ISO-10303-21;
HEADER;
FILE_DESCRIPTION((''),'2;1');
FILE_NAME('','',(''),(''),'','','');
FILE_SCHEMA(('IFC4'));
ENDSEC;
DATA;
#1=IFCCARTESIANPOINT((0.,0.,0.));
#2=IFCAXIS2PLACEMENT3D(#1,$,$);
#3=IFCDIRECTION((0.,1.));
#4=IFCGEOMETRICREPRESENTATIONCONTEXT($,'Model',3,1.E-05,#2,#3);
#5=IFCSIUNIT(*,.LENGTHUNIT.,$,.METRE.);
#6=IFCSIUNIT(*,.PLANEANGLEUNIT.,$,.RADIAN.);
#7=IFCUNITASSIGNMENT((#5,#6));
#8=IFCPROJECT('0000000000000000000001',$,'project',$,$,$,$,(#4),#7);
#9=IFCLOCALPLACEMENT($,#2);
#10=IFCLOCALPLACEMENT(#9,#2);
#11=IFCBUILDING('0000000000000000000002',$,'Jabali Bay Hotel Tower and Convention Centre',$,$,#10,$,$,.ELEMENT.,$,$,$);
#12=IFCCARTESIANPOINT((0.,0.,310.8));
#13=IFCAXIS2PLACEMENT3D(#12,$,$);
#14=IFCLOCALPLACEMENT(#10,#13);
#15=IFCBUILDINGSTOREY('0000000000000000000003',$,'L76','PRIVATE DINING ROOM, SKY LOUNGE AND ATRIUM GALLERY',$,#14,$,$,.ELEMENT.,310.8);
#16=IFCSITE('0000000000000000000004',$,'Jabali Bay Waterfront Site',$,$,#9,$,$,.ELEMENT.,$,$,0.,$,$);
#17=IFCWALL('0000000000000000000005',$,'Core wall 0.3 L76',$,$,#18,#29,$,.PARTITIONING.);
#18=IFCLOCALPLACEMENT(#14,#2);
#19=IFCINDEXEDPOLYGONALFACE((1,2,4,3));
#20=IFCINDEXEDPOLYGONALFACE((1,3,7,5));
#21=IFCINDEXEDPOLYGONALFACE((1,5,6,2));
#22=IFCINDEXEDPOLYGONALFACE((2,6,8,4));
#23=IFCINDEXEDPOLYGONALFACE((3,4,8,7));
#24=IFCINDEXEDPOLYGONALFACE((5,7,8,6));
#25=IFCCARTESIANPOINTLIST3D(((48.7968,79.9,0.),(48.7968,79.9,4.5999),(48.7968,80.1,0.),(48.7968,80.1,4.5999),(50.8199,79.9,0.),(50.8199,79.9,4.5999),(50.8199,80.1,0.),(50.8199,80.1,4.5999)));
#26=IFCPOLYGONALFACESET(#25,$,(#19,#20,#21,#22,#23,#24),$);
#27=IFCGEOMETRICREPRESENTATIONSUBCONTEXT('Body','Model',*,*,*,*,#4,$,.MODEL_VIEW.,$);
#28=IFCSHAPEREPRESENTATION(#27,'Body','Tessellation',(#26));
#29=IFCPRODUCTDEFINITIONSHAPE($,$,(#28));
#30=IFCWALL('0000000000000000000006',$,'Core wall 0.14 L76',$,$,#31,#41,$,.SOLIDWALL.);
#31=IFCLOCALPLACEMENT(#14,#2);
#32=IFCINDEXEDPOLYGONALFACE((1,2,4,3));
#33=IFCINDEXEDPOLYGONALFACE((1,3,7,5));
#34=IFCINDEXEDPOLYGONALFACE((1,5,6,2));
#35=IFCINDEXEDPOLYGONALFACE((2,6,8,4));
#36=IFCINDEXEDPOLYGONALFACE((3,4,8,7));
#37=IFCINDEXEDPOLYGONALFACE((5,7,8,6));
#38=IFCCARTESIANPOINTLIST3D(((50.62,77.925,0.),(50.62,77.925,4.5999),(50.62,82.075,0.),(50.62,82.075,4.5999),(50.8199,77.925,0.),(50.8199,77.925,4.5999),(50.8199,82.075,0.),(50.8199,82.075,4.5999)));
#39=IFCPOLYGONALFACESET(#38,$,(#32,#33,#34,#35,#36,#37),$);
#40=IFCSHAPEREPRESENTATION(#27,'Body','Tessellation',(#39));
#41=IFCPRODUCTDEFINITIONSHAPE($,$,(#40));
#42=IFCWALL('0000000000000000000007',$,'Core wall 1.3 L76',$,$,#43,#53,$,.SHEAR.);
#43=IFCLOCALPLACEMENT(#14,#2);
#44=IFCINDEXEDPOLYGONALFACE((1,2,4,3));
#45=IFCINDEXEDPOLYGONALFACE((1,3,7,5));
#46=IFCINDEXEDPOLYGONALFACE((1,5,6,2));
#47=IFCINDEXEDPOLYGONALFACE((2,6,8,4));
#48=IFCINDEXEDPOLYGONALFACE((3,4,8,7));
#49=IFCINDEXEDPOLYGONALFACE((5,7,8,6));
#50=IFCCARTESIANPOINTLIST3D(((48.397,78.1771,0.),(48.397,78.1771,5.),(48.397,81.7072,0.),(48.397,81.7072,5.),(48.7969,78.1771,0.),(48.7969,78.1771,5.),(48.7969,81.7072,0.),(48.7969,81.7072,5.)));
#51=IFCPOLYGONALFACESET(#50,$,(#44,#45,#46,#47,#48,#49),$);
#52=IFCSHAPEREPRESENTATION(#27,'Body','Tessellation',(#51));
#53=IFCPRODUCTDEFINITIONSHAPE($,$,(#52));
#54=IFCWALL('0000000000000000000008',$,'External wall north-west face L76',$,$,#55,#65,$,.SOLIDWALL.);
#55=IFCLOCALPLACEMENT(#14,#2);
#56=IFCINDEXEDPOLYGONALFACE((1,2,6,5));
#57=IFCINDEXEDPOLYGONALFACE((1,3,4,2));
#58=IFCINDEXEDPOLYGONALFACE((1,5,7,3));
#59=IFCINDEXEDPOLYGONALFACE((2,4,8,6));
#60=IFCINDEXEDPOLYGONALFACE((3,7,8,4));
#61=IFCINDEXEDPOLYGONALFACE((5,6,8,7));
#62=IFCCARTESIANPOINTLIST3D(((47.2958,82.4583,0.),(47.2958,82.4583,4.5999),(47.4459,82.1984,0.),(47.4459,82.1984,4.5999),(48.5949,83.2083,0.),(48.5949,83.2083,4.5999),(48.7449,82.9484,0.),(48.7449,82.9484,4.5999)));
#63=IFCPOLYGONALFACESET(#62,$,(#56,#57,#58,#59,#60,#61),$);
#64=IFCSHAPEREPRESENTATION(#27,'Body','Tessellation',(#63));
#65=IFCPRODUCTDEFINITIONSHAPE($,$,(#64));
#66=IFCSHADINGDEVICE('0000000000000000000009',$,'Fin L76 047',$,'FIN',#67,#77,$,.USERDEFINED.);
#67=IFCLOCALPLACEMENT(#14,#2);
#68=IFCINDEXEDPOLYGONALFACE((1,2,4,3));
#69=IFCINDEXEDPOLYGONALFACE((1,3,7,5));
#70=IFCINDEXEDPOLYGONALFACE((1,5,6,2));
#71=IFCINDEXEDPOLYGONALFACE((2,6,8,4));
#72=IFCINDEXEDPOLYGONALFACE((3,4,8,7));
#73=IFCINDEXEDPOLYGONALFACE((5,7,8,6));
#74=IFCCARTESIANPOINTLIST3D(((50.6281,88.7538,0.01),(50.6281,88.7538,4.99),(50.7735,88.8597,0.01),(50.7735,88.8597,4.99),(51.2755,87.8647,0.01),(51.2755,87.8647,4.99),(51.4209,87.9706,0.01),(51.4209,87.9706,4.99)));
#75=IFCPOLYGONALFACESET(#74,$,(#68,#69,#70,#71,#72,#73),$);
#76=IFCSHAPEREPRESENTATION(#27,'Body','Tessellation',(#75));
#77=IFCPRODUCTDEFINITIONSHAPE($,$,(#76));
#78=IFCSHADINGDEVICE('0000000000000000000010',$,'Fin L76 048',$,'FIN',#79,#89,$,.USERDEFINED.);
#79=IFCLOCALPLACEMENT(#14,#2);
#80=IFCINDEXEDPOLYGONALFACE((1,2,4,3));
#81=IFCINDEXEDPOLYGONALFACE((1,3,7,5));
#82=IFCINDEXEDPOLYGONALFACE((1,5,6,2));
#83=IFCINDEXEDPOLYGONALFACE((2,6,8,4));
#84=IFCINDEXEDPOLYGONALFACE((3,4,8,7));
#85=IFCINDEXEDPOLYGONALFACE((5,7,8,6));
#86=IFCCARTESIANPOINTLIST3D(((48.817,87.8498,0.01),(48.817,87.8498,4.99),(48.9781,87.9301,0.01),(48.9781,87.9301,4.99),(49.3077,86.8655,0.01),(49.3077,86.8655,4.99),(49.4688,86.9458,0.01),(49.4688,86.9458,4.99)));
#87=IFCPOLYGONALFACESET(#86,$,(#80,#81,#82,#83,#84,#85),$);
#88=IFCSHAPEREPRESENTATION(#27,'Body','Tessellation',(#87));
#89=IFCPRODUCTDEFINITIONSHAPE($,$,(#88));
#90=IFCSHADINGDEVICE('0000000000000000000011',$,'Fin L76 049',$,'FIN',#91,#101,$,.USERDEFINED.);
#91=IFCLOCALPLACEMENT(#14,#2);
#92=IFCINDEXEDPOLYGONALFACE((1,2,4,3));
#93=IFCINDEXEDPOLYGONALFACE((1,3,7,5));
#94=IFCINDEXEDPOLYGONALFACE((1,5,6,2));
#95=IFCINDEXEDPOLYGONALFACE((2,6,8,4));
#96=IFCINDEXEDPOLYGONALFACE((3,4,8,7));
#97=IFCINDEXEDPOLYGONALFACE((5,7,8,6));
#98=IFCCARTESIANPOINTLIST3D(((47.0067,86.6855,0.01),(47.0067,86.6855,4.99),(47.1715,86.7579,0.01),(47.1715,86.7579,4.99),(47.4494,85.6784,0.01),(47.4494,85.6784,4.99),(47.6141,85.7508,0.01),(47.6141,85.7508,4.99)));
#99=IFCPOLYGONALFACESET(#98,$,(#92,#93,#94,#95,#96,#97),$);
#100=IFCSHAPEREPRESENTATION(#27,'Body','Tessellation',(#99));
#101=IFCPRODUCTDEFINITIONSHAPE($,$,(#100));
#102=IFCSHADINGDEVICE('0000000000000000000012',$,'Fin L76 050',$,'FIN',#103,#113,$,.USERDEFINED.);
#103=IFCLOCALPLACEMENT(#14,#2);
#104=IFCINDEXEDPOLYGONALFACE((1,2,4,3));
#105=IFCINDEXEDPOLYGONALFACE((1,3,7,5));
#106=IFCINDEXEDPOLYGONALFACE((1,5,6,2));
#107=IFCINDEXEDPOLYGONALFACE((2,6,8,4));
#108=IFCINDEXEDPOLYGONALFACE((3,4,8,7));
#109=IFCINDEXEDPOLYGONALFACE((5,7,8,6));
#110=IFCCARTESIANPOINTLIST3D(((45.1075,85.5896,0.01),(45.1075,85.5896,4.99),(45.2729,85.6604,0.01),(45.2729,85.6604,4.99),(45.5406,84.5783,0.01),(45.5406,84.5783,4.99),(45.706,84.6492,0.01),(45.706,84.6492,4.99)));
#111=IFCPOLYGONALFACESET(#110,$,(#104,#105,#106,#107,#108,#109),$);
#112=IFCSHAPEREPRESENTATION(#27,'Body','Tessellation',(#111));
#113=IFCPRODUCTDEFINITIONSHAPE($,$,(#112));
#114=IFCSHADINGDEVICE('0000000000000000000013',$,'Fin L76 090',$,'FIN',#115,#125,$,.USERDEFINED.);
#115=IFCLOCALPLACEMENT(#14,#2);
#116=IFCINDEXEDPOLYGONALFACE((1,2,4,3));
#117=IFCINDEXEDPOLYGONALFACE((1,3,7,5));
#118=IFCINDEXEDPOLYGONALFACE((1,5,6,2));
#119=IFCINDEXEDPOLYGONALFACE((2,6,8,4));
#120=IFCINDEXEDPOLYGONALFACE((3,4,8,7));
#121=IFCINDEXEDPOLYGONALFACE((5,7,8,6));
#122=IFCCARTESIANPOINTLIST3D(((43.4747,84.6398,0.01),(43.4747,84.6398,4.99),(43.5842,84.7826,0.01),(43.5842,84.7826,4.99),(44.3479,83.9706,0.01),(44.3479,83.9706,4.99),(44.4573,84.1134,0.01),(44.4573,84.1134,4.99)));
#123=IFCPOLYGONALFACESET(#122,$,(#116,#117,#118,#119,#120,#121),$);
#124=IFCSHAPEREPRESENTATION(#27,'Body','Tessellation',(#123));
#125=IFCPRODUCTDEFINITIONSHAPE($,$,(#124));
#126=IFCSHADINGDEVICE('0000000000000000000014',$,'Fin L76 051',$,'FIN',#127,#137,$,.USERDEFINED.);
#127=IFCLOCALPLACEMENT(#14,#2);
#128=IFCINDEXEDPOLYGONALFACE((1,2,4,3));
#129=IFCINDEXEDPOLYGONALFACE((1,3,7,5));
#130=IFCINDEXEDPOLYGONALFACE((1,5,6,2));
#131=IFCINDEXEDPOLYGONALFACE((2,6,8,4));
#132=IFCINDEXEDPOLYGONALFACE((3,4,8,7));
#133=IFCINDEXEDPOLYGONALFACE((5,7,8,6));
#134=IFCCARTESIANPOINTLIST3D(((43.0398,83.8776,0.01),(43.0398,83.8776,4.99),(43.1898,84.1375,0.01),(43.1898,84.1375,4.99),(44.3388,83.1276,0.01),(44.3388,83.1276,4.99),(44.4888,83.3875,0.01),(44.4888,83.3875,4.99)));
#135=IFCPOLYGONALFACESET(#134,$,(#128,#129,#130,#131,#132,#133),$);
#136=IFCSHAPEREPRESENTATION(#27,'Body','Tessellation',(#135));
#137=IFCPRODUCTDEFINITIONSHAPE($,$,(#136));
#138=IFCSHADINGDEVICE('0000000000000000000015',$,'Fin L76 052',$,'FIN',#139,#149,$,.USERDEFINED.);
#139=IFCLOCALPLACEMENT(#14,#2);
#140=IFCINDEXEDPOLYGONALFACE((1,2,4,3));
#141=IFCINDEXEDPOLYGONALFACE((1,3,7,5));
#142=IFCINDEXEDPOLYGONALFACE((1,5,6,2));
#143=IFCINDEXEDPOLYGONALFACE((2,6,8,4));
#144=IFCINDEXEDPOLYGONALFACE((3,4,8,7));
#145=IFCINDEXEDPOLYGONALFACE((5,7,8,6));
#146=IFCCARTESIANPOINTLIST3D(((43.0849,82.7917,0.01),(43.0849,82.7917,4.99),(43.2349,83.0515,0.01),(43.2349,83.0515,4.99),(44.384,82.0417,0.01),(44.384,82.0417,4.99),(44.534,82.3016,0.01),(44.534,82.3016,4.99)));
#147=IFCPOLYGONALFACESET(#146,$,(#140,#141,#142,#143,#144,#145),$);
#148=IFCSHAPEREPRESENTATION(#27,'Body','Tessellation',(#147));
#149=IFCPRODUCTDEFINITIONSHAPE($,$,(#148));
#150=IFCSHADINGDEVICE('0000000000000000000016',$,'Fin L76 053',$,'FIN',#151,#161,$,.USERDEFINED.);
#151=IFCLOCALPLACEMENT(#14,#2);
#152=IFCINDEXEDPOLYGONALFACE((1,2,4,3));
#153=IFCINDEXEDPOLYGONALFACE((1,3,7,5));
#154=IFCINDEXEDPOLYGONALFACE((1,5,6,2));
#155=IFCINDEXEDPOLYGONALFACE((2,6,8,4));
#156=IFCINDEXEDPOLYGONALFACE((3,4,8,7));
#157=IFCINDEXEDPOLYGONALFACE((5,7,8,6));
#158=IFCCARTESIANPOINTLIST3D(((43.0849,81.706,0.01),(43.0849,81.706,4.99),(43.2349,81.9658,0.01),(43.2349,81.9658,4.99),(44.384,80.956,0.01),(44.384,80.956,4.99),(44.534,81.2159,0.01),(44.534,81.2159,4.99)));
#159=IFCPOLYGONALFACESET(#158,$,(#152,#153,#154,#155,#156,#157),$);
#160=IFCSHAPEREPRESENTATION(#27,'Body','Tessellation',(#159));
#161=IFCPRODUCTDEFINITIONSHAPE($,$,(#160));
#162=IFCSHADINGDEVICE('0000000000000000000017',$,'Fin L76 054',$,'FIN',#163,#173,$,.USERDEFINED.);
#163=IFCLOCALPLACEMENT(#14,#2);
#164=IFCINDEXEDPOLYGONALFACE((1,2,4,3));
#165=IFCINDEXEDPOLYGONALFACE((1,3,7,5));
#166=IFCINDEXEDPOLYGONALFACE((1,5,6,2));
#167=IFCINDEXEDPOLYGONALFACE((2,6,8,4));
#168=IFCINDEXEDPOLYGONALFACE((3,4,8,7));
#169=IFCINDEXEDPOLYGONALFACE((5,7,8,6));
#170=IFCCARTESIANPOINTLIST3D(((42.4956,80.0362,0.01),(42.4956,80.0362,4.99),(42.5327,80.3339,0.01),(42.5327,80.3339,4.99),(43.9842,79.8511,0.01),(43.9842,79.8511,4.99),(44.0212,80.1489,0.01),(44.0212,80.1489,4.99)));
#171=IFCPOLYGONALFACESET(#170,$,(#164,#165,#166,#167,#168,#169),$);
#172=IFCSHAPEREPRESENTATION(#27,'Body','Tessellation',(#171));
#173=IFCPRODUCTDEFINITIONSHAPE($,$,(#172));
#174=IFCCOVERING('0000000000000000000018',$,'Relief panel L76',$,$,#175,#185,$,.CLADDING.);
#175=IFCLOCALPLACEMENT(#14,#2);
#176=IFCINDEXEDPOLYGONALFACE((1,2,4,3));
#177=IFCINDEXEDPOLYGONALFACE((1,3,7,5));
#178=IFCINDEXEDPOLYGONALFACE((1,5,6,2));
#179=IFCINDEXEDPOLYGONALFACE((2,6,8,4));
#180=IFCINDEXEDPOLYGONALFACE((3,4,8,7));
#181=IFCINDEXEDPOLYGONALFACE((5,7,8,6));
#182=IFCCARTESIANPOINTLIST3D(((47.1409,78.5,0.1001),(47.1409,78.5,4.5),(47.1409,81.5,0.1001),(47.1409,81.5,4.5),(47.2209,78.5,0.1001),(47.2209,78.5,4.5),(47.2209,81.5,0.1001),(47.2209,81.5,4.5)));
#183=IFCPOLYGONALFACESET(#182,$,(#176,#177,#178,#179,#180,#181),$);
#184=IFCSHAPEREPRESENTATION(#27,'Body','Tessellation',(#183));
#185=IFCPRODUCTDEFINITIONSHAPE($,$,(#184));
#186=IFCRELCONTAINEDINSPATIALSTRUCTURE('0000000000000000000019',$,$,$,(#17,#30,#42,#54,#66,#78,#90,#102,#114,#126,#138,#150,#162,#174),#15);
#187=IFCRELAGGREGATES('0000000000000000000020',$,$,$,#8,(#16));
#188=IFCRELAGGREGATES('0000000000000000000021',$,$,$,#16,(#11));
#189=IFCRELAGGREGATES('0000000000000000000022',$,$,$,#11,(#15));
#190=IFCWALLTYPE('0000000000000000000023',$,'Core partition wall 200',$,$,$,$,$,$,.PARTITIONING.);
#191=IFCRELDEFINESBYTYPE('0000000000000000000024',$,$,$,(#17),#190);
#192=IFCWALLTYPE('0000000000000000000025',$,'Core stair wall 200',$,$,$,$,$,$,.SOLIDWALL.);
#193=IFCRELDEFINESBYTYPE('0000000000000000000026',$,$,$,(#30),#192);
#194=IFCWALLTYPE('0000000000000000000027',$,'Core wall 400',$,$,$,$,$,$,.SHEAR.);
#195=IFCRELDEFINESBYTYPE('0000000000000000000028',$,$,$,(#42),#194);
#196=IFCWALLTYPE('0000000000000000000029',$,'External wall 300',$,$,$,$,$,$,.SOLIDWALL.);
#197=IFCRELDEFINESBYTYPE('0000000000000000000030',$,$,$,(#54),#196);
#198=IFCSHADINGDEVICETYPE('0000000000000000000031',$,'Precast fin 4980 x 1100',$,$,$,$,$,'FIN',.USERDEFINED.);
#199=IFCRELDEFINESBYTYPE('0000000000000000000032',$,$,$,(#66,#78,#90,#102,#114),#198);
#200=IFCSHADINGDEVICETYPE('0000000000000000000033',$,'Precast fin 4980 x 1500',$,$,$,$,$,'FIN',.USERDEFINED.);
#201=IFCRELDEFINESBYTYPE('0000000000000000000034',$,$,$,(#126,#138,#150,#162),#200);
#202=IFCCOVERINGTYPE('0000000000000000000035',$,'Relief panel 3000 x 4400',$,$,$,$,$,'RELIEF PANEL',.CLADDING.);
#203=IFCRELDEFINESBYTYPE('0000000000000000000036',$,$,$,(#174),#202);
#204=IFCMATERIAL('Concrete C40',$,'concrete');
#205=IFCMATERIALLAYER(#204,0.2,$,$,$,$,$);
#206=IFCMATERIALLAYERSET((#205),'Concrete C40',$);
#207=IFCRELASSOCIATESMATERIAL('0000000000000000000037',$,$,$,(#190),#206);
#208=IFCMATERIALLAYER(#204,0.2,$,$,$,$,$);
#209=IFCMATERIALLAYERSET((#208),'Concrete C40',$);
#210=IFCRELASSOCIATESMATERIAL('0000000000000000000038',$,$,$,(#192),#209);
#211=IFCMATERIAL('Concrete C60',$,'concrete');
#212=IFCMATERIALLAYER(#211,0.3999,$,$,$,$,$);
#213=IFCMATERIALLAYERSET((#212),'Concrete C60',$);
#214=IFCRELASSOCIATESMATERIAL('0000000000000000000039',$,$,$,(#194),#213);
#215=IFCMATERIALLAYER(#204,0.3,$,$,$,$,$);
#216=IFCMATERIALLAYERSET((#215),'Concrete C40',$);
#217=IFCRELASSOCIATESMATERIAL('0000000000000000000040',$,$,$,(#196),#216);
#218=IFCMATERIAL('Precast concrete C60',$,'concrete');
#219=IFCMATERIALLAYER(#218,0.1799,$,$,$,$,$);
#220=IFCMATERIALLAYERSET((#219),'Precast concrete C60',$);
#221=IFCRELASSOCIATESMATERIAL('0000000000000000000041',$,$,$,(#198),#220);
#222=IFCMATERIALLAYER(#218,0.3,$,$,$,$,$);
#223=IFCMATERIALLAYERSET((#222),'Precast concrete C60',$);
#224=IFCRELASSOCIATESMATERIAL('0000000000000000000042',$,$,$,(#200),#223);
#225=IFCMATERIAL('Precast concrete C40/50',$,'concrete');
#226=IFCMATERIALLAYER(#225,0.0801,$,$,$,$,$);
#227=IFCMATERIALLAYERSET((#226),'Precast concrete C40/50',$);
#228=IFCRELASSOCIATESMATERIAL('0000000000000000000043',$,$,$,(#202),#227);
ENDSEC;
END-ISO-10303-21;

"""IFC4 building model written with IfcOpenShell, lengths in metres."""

from ifc_helpers import new_model, si_unit, direction, frame, frame_2d, origin, origin_2d, place, context, subcontext, project, spatial, rectangle, extrude, material, layer, layer_set, type_object, element, save


model = new_model("IFC4")

# Units and contexts
model_context = context("Model", 3, precision=1e-05, world=origin(), true_north=direction((0.0, 1.0)))
body_context = subcontext(model_context, "Body", "Model", "MODEL_VIEW")
ifc_project = project(units=[si_unit("LENGTHUNIT", "METRE"), si_unit("PLANEANGLEUNIT", "RADIAN")], contexts=[model_context])

# Site, building, storey
site_placement = place(None, origin())
site = spatial("IfcSite", under=ifc_project, at=site_placement, Name="Jabali Bay Waterfront Site", CompositionType="ELEMENT", RefElevation=0.0)
building_placement = place(site_placement, origin())
building = spatial("IfcBuilding", under=site, at=building_placement, Name="Jabali Bay Hotel Tower and Convention Centre", CompositionType="ELEMENT")
storey_placement = place(building_placement, frame((0.0, 0.0, 310.8)))
storey = spatial("IfcBuildingStorey", under=building, at=storey_placement, Name="L76", Description="PRIVATE DINING ROOM, SKY LOUNGE AND ATRIUM GALLERY", CompositionType="ELEMENT", Elevation=310.8)

# Shared definitions
ifc_material_1 = material(Name="Concrete C60", Category="concrete")

# Walls
ifc_material_2 = material(Name="Concrete C40", Category="concrete")
ifc_layer_1 = layer(ifc_material_2, 0.2)
ifc_layer_set_1 = layer_set([ifc_layer_1], Name="Concrete C40")
wall_type_1 = type_object("IfcWallType", Name="Core partition wall 200", PredefinedType="PARTITIONING", material=ifc_layer_set_1)
wall_1_placement = place(storey_placement, frame((50.8201, 80.0, 0.0), z_axis=(0.0, 0.0, 1.0), x_axis=(-1.0, 0.0, 0.0)))
element("IfcWall", 1, at=wall_1_placement, inside=storey, type_object=wall_type_1, Name="Core wall 0.3 L76", PredefinedType="PARTITIONING", context=body_context, shape_type="SweptSolid", body=[
    extrude(rectangle(XDim=2.0232, YDim=0.2, at=frame_2d((1.0117, 0.0))), origin(), (0.0, 0.0, 1.0), 4.5999),
])
ifc_layer_2 = layer(ifc_material_2, 0.2)
ifc_layer_set_2 = layer_set([ifc_layer_2], Name="Concrete C40")
wall_type_2 = type_object("IfcWallType", Name="Core stair wall 200", PredefinedType="SOLIDWALL", material=ifc_layer_set_2)
wall_2_placement = place(storey_placement, frame((50.72, 82.075, 0.0), z_axis=(0.0, 0.0, 1.0), x_axis=(0.0, -1.0, 0.0)))
element("IfcWall", 2, at=wall_2_placement, inside=storey, type_object=wall_type_2, Name="Core wall 0.14 L76", PredefinedType="SOLIDWALL", context=body_context, shape_type="SweptSolid", body=[
    extrude(rectangle(XDim=4.1499, YDim=0.2, at=frame_2d((2.075, 0.0))), origin(), (0.0, 0.0, 1.0), 4.5999),
])
ifc_layer_3 = layer(ifc_material_1, 0.3999)
ifc_layer_set_3 = layer_set([ifc_layer_3], Name="Concrete C60")
wall_type_3 = type_object("IfcWallType", Name="Core wall 400", PredefinedType="SHEAR", material=ifc_layer_set_3)
wall_3_placement = place(storey_placement, frame((48.5969, 81.7073, 0.0), z_axis=(0.0, 0.0, 1.0), x_axis=(0.0, -1.0, 0.0)))
element("IfcWall", 3, at=wall_3_placement, inside=storey, type_object=wall_type_3, Name="Core wall 1.3 L76", PredefinedType="SHEAR", context=body_context, shape_type="SweptSolid", body=[
    extrude(rectangle(XDim=3.53, YDim=0.3999, at=frame_2d((1.7651, 0.0))), origin(), (0.0, 0.0, 1.0), 5.0),
])
ifc_layer_4 = layer(ifc_material_2, 0.3)
ifc_layer_set_4 = layer_set([ifc_layer_4], Name="Concrete C40")
wall_type_4 = type_object("IfcWallType", Name="External wall 300", PredefinedType="SOLIDWALL", material=ifc_layer_set_4)
wall_4_placement = place(storey_placement, frame((47.3708, 82.3284, 0.0), z_axis=(0.0, 0.0, 1.0), x_axis=(0.866031, 0.49999, 0.0)))
element("IfcWall", 4, at=wall_4_placement, inside=storey, type_object=wall_type_4, Name="External wall north-west face L76", PredefinedType="SOLIDWALL", context=body_context, shape_type="SweptSolid", body=[
    extrude(rectangle(XDim=1.5, YDim=0.3, at=frame_2d((0.75, 0.0))), origin(), (0.0, 0.0, 1.0), 4.5999),
])

# Shading devices
ifc_material_3 = material(Name="Precast concrete C60", Category="concrete")
ifc_layer_5 = layer(ifc_material_3, 0.1799)
ifc_layer_set_5 = layer_set([ifc_layer_5], Name="Precast concrete C60")
shading_device_type_1 = type_object("IfcShadingDeviceType", Name="Precast fin 4980 x 1100", ElementType="FIN", PredefinedType="USERDEFINED", material=ifc_layer_set_5)
for number, where, z_axis, x_axis, name in (
    (5, (51.3481, 87.9177, 0.01), (0.0, 0.0, 1.0), (-0.588647, 0.80839, 0.0), "Fin L76 047"),
    (6, (49.3882, 86.9058, 0.01), (0.0, 0.0, 1.0), (-0.446148, 0.894959, 0.0), "Fin L76 048"),
):
    element("IfcShadingDevice", number, at=place(storey_placement, frame(where, z_axis=z_axis, x_axis=x_axis)), inside=storey, type_object=shading_device_type_1, Name=name, ObjectType="FIN", PredefinedType="USERDEFINED", context=body_context, shape_type="SweptSolid", body=[
        extrude(rectangle(XDim=1.0999, YDim=0.1799, at=frame_2d((0.5498, 0.0))), origin(), (0.0, 0.0, 1.0), 4.98),
    ])
for number, where, z_axis, x_axis, name in (
    (7, (47.5317, 85.7146, 0.01), (0.0, 0.0, 1.0), (-0.402367, 0.915479, 0.0), "Fin L76 049"),
    (8, (45.6233, 84.6138, 0.01), (0.0, 0.0, 1.0), (-0.393705, 0.919237, 0.0), "Fin L76 050"),
    (9, (44.4026, 84.042, 0.01), (0.0, 0.0, 1.0), (-0.793671, 0.608348, 0.0), "Fin L76 090"),
):
    element("IfcShadingDevice", number, at=place(storey_placement, frame(where, z_axis=z_axis, x_axis=x_axis)), inside=storey, type_object=shading_device_type_1, Name=name, ObjectType="FIN", PredefinedType="USERDEFINED", context=body_context, shape_type="SweptSolid", body=[
        extrude(rectangle(XDim=1.1001, YDim=0.1799, at=frame_2d((0.55, 0.0))), origin(), (0.0, 0.0, 1.0), 4.98),
    ])
ifc_layer_6 = layer(ifc_material_3, 0.3)
ifc_layer_set_6 = layer_set([ifc_layer_6], Name="Precast concrete C60")
shading_device_type_2 = type_object("IfcShadingDeviceType", Name="Precast fin 4980 x 1500", ElementType="FIN", PredefinedType="USERDEFINED", material=ifc_layer_set_6)
for number, where, z_axis, x_axis, name in (
    (10, (44.4138, 83.2576, 0.01), (0.0, 0.0, 1.0), (-0.866031, 0.49999, 0.0), "Fin L76 051"),
    (11, (44.459, 82.1716, 0.01), (0.0, 0.0, 1.0), (-0.866031, 0.49999, 0.0), "Fin L76 052"),
    (12, (44.459, 81.0859, 0.01), (0.0, 0.0, 1.0), (-0.866031, 0.49999, 0.0), "Fin L76 053"),
    (13, (44.0027, 80.0, 0.01), (0.0, 0.0, 1.0), (-0.99236, 0.123374, 0.0), "Fin L76 054"),
):
    element("IfcShadingDevice", number, at=place(storey_placement, frame(where, z_axis=z_axis, x_axis=x_axis)), inside=storey, type_object=shading_device_type_2, Name=name, ObjectType="FIN", PredefinedType="USERDEFINED", context=body_context, shape_type="SweptSolid", body=[
        extrude(rectangle(XDim=1.5, YDim=0.3, at=frame_2d((0.75, 0.0))), origin(), (0.0, 0.0, 1.0), 4.98),
    ])

# Covering
ifc_material_4 = material(Name="Precast concrete C40/50", Category="concrete")
ifc_layer_7 = layer(ifc_material_4, 0.0801)
ifc_layer_set_7 = layer_set([ifc_layer_7], Name="Precast concrete C40/50")
covering_type = type_object("IfcCoveringType", Name="Relief panel 3000 x 4400", ElementType="RELIEF PANEL", PredefinedType="CLADDING", material=ifc_layer_set_7)
covering_placement = place(storey_placement, frame((47.1809, 80.0, 0.1001), z_axis=(0.0, 0.0, 1.0), x_axis=(0.0, 1.0, 0.0)))
element("IfcCovering", 14, at=covering_placement, inside=storey, type_object=covering_type, Name="Relief panel L76", PredefinedType="CLADDING", context=body_context, shape_type="SweptSolid", body=[
    extrude(rectangle(XDim=3.0, YDim=0.0801, at=origin_2d()), origin(), (0.0, 0.0, 1.0), 4.3999),
])

save(model, "model.ifc")
